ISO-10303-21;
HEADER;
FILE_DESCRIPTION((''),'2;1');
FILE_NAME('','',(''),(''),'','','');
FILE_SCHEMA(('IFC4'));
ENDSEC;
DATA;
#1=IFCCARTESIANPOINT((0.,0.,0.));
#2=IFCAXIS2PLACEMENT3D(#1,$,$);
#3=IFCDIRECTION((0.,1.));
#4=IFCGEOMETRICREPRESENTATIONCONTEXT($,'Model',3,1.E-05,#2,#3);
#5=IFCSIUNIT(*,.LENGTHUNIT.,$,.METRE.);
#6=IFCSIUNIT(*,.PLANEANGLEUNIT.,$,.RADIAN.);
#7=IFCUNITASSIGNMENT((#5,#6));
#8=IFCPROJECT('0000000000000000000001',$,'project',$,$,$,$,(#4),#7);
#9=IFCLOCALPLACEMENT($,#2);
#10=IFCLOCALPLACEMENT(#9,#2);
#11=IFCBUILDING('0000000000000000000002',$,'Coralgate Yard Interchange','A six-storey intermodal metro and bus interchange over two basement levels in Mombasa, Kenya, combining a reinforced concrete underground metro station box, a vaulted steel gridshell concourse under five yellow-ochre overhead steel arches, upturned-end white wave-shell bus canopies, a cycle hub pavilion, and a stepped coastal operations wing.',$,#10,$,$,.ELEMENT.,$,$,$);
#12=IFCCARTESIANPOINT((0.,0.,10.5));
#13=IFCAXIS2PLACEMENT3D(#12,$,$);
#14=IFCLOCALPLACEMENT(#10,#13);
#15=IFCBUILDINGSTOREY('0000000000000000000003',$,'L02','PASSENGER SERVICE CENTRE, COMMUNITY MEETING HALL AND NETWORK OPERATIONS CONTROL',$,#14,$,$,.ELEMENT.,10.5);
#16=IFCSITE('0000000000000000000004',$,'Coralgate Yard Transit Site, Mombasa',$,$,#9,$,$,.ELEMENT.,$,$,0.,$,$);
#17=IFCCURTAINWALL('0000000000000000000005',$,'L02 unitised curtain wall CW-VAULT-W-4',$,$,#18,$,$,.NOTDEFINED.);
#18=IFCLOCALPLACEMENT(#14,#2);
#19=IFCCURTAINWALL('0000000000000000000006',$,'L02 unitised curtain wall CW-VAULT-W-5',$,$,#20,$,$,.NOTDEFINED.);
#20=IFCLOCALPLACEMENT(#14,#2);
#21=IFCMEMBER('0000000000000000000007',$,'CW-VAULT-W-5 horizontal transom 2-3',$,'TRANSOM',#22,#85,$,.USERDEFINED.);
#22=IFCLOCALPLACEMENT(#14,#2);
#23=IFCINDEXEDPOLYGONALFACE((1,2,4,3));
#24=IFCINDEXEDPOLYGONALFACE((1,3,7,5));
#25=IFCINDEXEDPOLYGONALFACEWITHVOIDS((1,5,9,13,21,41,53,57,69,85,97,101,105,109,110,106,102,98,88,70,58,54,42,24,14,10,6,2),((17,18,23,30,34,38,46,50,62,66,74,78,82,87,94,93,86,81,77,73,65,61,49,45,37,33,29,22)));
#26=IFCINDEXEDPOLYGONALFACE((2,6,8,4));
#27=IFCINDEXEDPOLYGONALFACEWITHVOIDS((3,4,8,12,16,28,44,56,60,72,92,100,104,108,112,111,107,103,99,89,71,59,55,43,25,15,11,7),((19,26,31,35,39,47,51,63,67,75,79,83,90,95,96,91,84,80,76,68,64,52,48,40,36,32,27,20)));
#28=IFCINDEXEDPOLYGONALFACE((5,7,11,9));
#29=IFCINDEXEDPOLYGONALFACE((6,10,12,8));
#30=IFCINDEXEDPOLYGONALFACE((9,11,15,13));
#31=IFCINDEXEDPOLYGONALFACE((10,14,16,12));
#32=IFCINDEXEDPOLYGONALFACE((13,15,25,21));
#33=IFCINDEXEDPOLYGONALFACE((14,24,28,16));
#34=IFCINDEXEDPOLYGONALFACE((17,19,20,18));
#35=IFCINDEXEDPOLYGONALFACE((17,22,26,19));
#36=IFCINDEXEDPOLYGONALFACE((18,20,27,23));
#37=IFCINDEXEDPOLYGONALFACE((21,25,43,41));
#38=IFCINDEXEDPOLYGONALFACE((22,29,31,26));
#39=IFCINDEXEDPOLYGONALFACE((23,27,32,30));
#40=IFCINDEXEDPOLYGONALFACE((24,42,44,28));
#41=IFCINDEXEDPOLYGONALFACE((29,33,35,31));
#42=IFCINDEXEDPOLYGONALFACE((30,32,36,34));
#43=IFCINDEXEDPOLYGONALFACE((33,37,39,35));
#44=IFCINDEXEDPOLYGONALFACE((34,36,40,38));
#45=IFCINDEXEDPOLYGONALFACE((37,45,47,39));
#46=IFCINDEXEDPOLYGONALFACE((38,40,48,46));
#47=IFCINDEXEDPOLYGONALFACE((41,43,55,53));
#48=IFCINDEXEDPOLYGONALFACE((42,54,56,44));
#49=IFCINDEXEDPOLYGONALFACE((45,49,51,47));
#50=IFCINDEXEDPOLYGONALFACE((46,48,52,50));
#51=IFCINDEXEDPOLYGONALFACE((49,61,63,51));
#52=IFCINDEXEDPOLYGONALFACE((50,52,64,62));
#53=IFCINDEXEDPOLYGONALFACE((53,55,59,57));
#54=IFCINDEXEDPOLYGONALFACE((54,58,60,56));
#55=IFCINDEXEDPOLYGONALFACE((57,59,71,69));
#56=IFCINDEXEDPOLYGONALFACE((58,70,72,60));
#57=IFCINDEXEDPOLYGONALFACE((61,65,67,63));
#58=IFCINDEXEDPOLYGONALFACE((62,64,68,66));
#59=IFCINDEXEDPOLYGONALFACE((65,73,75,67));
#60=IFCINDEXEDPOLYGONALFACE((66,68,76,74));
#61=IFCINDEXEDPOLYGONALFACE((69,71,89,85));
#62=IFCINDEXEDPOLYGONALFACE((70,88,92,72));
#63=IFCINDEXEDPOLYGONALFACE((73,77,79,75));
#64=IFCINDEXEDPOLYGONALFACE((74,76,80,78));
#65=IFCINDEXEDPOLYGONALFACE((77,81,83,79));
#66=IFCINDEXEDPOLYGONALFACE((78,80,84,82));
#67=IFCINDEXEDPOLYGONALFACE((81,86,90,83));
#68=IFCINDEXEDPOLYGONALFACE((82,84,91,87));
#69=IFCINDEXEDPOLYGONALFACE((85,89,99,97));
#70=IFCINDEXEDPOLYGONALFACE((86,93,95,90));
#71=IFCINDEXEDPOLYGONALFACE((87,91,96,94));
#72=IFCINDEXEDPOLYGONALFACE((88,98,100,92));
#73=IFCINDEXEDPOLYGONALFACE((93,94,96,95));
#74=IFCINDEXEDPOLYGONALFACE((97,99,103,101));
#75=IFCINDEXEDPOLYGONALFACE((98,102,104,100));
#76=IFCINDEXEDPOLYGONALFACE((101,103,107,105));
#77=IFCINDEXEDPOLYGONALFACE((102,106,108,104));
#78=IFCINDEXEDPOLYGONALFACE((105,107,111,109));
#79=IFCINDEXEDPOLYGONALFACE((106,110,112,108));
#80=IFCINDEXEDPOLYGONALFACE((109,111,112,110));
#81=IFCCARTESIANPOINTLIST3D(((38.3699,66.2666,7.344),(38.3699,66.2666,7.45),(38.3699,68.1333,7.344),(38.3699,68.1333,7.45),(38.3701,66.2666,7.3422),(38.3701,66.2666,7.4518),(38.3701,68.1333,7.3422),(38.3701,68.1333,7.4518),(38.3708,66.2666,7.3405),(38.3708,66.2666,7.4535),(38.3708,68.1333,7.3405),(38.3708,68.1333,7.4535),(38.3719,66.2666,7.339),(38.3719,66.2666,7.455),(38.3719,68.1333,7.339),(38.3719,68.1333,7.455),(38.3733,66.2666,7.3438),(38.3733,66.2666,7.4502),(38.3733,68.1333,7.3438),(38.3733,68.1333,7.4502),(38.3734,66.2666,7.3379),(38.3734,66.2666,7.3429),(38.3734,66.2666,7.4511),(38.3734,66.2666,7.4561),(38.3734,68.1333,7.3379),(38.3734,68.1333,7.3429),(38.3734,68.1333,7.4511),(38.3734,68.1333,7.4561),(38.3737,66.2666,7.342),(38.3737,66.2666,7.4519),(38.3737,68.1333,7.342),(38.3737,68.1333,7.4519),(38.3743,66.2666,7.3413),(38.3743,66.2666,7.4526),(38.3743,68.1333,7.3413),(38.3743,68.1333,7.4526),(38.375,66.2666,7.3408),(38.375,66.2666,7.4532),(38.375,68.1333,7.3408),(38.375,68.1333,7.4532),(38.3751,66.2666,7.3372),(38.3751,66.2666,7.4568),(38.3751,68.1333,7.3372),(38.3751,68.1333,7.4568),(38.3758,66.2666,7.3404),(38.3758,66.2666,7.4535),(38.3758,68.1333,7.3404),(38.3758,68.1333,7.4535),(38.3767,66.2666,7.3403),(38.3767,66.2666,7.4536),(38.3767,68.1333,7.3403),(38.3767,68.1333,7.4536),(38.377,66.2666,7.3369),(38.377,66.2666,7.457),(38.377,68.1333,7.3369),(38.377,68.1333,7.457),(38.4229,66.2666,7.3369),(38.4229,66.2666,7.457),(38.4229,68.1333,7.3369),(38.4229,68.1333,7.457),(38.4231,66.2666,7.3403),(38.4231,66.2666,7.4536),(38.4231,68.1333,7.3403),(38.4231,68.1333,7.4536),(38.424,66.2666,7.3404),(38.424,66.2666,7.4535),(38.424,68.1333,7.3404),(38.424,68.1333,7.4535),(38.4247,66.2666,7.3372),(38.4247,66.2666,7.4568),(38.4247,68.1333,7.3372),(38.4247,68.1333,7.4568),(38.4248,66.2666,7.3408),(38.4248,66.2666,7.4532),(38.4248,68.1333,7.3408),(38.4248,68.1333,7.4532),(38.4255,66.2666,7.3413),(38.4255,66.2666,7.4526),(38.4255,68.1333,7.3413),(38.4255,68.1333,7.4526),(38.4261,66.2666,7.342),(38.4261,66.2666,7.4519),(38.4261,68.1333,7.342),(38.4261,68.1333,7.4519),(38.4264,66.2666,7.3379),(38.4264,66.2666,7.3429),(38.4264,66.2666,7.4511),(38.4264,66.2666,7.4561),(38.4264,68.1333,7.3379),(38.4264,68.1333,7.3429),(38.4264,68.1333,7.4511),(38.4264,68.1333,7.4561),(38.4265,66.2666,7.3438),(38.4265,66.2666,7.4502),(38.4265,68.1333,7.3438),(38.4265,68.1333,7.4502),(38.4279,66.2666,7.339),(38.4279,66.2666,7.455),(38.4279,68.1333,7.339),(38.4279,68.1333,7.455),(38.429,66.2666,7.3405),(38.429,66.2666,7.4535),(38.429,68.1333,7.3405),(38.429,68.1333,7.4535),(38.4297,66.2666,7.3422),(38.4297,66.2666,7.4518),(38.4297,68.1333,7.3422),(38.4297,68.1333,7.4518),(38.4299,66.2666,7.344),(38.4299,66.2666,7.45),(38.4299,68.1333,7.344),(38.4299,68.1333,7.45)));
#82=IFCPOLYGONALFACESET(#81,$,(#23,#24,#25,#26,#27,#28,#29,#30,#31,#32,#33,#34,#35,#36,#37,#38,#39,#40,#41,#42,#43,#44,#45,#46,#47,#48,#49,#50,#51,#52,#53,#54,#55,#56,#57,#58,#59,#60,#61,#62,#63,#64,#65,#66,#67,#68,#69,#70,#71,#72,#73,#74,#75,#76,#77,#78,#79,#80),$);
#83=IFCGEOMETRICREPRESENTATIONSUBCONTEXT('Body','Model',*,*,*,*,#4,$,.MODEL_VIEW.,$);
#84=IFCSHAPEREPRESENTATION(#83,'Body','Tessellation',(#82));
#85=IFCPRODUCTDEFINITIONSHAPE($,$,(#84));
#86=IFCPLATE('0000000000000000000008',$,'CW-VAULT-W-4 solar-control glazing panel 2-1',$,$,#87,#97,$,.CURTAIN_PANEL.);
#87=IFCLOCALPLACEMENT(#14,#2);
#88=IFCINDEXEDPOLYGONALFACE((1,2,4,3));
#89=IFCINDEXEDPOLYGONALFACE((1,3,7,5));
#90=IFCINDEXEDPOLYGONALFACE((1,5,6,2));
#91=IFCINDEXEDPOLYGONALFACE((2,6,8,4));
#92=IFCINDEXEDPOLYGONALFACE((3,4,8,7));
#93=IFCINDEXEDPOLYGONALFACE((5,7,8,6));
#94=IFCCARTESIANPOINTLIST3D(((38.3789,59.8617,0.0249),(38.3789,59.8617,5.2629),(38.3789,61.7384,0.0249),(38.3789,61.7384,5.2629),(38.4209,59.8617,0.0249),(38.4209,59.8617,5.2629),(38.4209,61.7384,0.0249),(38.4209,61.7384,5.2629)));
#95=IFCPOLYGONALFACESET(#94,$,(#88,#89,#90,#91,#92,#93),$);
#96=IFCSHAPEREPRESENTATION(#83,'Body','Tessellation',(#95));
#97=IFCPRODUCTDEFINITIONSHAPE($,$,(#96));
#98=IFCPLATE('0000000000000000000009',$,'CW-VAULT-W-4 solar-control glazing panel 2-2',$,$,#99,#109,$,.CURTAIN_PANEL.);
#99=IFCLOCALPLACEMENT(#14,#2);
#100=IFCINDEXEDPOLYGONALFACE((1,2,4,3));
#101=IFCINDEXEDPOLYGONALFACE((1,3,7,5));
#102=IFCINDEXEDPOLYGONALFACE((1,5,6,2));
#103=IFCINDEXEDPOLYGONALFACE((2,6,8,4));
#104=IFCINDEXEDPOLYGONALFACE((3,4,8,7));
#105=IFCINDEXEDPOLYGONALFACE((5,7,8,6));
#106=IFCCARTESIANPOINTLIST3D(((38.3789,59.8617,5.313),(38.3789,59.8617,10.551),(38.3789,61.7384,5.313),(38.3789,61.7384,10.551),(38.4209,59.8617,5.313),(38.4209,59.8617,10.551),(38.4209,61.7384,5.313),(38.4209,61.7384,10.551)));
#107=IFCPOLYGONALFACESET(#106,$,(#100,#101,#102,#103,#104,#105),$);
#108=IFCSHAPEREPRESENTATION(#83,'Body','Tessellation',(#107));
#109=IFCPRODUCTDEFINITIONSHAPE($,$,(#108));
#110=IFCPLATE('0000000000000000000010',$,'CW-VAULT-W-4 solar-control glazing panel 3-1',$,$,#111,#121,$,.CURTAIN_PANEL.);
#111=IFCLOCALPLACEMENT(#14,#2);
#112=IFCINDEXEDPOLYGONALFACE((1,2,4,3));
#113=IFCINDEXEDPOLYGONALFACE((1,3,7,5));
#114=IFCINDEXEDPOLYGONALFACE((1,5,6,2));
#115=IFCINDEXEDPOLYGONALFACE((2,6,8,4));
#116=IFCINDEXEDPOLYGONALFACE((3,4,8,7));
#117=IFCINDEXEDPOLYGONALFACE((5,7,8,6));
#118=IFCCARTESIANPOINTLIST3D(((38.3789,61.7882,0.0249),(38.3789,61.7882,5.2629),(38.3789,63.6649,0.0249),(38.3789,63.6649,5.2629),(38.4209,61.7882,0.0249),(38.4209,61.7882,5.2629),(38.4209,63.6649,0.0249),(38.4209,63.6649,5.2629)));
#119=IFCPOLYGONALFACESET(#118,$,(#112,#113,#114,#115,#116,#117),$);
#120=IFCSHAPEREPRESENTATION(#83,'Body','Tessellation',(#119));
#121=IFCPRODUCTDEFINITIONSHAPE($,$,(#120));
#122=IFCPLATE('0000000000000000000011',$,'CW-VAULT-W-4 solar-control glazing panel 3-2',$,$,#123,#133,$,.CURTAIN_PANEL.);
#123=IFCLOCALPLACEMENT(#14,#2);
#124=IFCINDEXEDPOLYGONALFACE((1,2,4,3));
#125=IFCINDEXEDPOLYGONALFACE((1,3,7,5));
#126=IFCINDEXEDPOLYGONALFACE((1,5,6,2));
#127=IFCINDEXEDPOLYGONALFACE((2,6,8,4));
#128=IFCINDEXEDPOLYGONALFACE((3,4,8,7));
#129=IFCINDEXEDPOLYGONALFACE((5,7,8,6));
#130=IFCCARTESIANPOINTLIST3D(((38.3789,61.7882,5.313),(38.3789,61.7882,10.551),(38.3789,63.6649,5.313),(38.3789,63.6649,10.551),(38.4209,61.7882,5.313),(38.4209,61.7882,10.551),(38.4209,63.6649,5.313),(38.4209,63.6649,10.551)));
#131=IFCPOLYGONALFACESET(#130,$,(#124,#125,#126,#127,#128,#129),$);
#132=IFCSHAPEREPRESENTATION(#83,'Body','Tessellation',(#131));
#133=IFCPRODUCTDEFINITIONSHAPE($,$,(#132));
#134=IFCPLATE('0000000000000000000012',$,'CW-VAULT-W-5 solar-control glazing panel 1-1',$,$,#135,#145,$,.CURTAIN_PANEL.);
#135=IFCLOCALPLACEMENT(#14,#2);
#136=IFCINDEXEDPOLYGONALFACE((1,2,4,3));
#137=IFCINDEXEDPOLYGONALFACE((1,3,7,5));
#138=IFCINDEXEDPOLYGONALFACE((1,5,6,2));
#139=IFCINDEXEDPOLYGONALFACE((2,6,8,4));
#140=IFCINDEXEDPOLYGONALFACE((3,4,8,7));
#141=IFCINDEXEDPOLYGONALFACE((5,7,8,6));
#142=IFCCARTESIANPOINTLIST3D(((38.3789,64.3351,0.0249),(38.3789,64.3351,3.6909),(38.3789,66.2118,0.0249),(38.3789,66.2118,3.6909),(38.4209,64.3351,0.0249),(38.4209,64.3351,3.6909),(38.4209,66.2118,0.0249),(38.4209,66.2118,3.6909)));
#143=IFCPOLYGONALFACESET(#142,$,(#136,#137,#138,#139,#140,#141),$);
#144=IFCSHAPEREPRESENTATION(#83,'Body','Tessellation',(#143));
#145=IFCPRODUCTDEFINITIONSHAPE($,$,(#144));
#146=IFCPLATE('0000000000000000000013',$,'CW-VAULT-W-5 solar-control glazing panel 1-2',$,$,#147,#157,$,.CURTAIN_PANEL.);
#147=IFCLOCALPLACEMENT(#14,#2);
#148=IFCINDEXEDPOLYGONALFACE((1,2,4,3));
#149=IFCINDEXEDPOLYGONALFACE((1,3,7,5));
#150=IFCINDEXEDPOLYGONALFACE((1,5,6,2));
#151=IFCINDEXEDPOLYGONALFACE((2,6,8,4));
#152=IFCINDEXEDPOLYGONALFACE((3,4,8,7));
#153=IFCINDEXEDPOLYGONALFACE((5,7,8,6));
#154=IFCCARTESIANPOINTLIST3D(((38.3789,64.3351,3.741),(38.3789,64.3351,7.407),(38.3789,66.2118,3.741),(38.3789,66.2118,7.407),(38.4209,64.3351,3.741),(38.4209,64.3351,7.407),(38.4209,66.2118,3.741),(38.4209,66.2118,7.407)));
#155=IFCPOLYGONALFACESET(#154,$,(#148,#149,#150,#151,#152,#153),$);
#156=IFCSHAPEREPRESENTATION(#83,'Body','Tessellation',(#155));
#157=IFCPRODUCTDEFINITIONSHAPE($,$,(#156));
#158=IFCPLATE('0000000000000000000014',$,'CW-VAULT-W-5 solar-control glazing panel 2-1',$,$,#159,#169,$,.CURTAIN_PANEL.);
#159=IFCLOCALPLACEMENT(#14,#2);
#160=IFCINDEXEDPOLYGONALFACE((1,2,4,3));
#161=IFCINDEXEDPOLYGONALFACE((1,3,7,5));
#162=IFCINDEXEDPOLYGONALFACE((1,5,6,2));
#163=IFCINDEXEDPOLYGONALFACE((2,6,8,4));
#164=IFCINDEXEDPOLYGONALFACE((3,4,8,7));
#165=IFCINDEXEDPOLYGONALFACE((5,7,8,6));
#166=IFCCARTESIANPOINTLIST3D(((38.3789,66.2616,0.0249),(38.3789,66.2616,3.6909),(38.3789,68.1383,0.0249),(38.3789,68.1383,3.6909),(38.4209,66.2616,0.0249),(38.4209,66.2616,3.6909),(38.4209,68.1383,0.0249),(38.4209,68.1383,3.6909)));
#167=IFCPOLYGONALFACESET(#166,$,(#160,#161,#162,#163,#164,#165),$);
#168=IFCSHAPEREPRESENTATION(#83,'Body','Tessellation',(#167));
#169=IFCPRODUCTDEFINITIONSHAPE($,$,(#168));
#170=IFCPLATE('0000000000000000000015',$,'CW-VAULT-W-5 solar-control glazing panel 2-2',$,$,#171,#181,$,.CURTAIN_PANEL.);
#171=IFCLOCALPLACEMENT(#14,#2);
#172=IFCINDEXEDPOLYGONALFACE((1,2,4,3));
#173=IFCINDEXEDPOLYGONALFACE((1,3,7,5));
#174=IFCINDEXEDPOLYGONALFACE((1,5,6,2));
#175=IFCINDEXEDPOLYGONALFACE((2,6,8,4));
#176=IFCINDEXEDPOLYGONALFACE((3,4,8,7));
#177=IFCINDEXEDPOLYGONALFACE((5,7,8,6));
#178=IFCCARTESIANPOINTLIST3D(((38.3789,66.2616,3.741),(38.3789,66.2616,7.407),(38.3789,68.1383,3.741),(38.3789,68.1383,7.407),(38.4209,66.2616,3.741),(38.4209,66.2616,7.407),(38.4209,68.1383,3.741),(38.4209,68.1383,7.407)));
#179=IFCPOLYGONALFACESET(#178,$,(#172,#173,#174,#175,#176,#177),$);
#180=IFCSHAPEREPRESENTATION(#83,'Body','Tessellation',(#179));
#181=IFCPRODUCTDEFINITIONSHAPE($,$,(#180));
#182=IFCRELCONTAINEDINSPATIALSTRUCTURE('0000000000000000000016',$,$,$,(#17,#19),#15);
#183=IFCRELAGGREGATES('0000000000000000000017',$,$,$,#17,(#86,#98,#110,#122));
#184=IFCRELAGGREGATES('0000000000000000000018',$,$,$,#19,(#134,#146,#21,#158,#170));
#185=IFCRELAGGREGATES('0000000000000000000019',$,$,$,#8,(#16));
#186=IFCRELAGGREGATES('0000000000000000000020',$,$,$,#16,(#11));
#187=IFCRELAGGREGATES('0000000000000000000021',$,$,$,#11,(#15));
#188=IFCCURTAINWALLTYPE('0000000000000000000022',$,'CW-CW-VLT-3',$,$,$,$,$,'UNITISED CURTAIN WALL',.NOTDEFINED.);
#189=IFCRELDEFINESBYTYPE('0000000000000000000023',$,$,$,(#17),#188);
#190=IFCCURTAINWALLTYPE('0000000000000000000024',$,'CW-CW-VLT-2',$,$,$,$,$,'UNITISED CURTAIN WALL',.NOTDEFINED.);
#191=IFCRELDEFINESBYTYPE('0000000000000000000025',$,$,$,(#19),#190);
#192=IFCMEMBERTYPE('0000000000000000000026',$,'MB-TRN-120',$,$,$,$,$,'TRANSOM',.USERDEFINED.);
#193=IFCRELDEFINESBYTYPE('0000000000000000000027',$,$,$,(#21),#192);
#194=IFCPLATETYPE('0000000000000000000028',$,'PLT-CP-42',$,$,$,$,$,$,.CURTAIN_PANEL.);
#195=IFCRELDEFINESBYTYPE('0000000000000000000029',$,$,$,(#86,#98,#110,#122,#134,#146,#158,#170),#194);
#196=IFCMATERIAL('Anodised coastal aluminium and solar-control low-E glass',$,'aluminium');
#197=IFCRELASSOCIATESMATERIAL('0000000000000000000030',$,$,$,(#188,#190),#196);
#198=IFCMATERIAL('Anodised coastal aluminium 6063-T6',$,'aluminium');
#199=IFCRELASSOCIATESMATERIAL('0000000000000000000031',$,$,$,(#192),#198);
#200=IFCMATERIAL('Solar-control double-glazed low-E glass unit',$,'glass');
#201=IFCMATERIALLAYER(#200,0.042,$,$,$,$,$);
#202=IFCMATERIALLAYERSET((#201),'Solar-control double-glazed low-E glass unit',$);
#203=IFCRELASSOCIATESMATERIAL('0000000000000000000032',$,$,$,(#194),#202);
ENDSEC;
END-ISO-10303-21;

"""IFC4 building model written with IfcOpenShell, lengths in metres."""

from ifc_helpers import new_model, si_unit, direction, frame, origin, origin_2d, place, context, subcontext, project, spatial, rectangle, hollow_rectangle, extrude, material, layer, layer_set, material_profile, profile_set, type_object, element, aggregate, save


model = new_model("IFC4")

# Units and contexts
model_context = context("Model", 3, precision=1e-05, world=origin(), true_north=direction((0.0, 1.0)))
body_context = subcontext(model_context, "Body", "Model", "MODEL_VIEW")
ifc_project = project(units=[si_unit("LENGTHUNIT", "METRE"), si_unit("PLANEANGLEUNIT", "RADIAN")], contexts=[model_context])

# Site, building, storey
site_placement = place(None, origin())
site = spatial("IfcSite", under=ifc_project, at=site_placement, Name="Coralgate Yard Transit Site, Mombasa", CompositionType="ELEMENT", RefElevation=0.0)
building_placement = place(site_placement, origin())
building = spatial("IfcBuilding", under=site, at=building_placement, Name="Coralgate Yard Interchange", Description="A six-storey intermodal metro and bus interchange over two basement levels in Mombasa, Kenya, combining a reinforced concrete underground metro station box, a vaulted steel gridshell concourse under five yellow-ochre overhead steel arches, upturned-end white wave-shell bus canopies, a cycle hub pavilion, and a stepped coastal operations wing.", CompositionType="ELEMENT")
storey_placement = place(building_placement, frame((0.0, 0.0, 10.5)))
storey = spatial("IfcBuildingStorey", under=building, at=storey_placement, Name="L02", Description="PASSENGER SERVICE CENTRE, COMMUNITY MEETING HALL AND NETWORK OPERATIONS CONTROL", CompositionType="ELEMENT", Elevation=10.5)

# Curtain walls
ifc_material_1 = material(Name="Anodised coastal aluminium and solar-control low-E glass", Category="aluminium")
curtain_wall_type_1 = type_object("IfcCurtainWallType", Name="CW-CW-VLT-3", ElementType="UNITISED CURTAIN WALL", PredefinedType="NOTDEFINED", material=ifc_material_1)
curtain_wall_1_placement = place(storey_placement, origin())
curtain_wall_1 = element("IfcCurtainWall", 1, at=curtain_wall_1_placement, inside=storey, type_object=curtain_wall_type_1, Name="L02 unitised curtain wall CW-VAULT-W-4", PredefinedType="NOTDEFINED")
ifc_material_2 = material(Name="Anodised coastal aluminium 6063-T6", Category="aluminium")
curtain_wall_type_2 = type_object("IfcCurtainWallType", Name="CW-CW-VLT-2", ElementType="UNITISED CURTAIN WALL", PredefinedType="NOTDEFINED", material=ifc_material_1)
curtain_wall_2_placement = place(storey_placement, origin())
curtain_wall_2 = element("IfcCurtainWall", 2, at=curtain_wall_2_placement, inside=storey, type_object=curtain_wall_type_2, Name="L02 unitised curtain wall CW-VAULT-W-5", PredefinedType="NOTDEFINED")

# Member
ifc_material_profile_1 = material_profile(ifc_material_2, hollow_rectangle(XDim=0.0601, YDim=0.1201, WallThickness=0.0034, InnerFilletRadius=0.0034, OuterFilletRadius=0.0071, at=origin_2d()), Name="ALU 60x120x3.5")
ifc_profile_set_1 = profile_set([ifc_material_profile_1], Name="Anodised coastal aluminium 6063-T6")
member_type_1 = type_object("IfcMemberType", Name="MB-TRN-120", ElementType="TRANSOM", PredefinedType="USERDEFINED", material=ifc_profile_set_1)
member_1_placement = place(storey_placement, frame((38.3999, 66.2666, 7.397), z_axis=(0.0, 1.0, 0.0), x_axis=(-1.0, 0.0, 0.0)))
member_1 = element("IfcMember", 3, at=member_1_placement, type_object=member_type_1, Name="CW-VAULT-W-5 horizontal transom 2-3", ObjectType="TRANSOM", PredefinedType="USERDEFINED", context=body_context, shape_type="SweptSolid", body=[
    extrude(hollow_rectangle(XDim=0.0601, YDim=0.1201, WallThickness=0.0034, InnerFilletRadius=0.0034, OuterFilletRadius=0.0071, at=origin_2d()), origin(), (0.0, 0.0, 1.0), 1.8667),
])

# Plates
ifc_material_3 = material(Name="Solar-control double-glazed low-E glass unit", Category="glass")
ifc_layer = layer(ifc_material_3, 0.042)
ifc_layer_set = layer_set([ifc_layer], Name="Solar-control double-glazed low-E glass unit")
plate_type = type_object("IfcPlateType", Name="PLT-CP-42", PredefinedType="CURTAIN_PANEL", material=ifc_layer_set)
plate_1_placement = place(storey_placement, frame((38.3999, 60.8, 0.0249), z_axis=(0.0, 0.0, 1.0), x_axis=(0.0, 1.0, 0.0)))
plate_1 = element("IfcPlate", 4, at=plate_1_placement, type_object=plate_type, Name="CW-VAULT-W-4 solar-control glazing panel 2-1", PredefinedType="CURTAIN_PANEL", context=body_context, shape_type="SweptSolid", body=[
    extrude(rectangle(XDim=1.8767, YDim=0.042, at=origin_2d()), origin(), (0.0, 0.0, 1.0), 5.238),
])
plate_2_placement = place(storey_placement, frame((38.3999, 60.8, 5.313), z_axis=(0.0, 0.0, 1.0), x_axis=(0.0, 1.0, 0.0)))
plate_2 = element("IfcPlate", 5, at=plate_2_placement, type_object=plate_type, Name="CW-VAULT-W-4 solar-control glazing panel 2-2", PredefinedType="CURTAIN_PANEL", context=body_context, shape_type="SweptSolid", body=[
    extrude(rectangle(XDim=1.8767, YDim=0.042, at=origin_2d()), origin(), (0.0, 0.0, 1.0), 5.238),
])
plate_3_placement = place(storey_placement, frame((38.3999, 62.7266, 0.0249), z_axis=(0.0, 0.0, 1.0), x_axis=(0.0, 1.0, 0.0)))
plate_3 = element("IfcPlate", 6, at=plate_3_placement, type_object=plate_type, Name="CW-VAULT-W-4 solar-control glazing panel 3-1", PredefinedType="CURTAIN_PANEL", context=body_context, shape_type="SweptSolid", body=[
    extrude(rectangle(XDim=1.8767, YDim=0.042, at=origin_2d()), origin(), (0.0, 0.0, 1.0), 5.238),
])
plate_4_placement = place(storey_placement, frame((38.3999, 62.7266, 5.313), z_axis=(0.0, 0.0, 1.0), x_axis=(0.0, 1.0, 0.0)))
plate_4 = element("IfcPlate", 7, at=plate_4_placement, type_object=plate_type, Name="CW-VAULT-W-4 solar-control glazing panel 3-2", PredefinedType="CURTAIN_PANEL", context=body_context, shape_type="SweptSolid", body=[
    extrude(rectangle(XDim=1.8767, YDim=0.042, at=origin_2d()), origin(), (0.0, 0.0, 1.0), 5.238),
])
aggregate(curtain_wall_1, [plate_1, plate_2, plate_3, plate_4])
plate_5_placement = place(storey_placement, frame((38.3999, 65.2734, 0.0249), z_axis=(0.0, 0.0, 1.0), x_axis=(0.0, 1.0, 0.0)))
plate_5 = element("IfcPlate", 8, at=plate_5_placement, type_object=plate_type, Name="CW-VAULT-W-5 solar-control glazing panel 1-1", PredefinedType="CURTAIN_PANEL", context=body_context, shape_type="SweptSolid", body=[
    extrude(rectangle(XDim=1.8767, YDim=0.042, at=origin_2d()), origin(), (0.0, 0.0, 1.0), 3.666),
])
plate_6_placement = place(storey_placement, frame((38.3999, 65.2734, 3.741), z_axis=(0.0, 0.0, 1.0), x_axis=(0.0, 1.0, 0.0)))
plate_6 = element("IfcPlate", 9, at=plate_6_placement, type_object=plate_type, Name="CW-VAULT-W-5 solar-control glazing panel 1-2", PredefinedType="CURTAIN_PANEL", context=body_context, shape_type="SweptSolid", body=[
    extrude(rectangle(XDim=1.8767, YDim=0.042, at=origin_2d()), origin(), (0.0, 0.0, 1.0), 3.666),
])
plate_7_placement = place(storey_placement, frame((38.3999, 67.2, 0.0249), z_axis=(0.0, 0.0, 1.0), x_axis=(0.0, 1.0, 0.0)))
plate_7 = element("IfcPlate", 10, at=plate_7_placement, type_object=plate_type, Name="CW-VAULT-W-5 solar-control glazing panel 2-1", PredefinedType="CURTAIN_PANEL", context=body_context, shape_type="SweptSolid", body=[
    extrude(rectangle(XDim=1.8767, YDim=0.042, at=origin_2d()), origin(), (0.0, 0.0, 1.0), 3.666),
])
plate_8_placement = place(storey_placement, frame((38.3999, 67.2, 3.741), z_axis=(0.0, 0.0, 1.0), x_axis=(0.0, 1.0, 0.0)))
plate_8 = element("IfcPlate", 11, at=plate_8_placement, type_object=plate_type, Name="CW-VAULT-W-5 solar-control glazing panel 2-2", PredefinedType="CURTAIN_PANEL", context=body_context, shape_type="SweptSolid", body=[
    extrude(rectangle(XDim=1.8767, YDim=0.042, at=origin_2d()), origin(), (0.0, 0.0, 1.0), 3.666),
])
aggregate(curtain_wall_2, [plate_5, plate_6, member_1, plate_7, plate_8])

save(model, "model.ifc")
